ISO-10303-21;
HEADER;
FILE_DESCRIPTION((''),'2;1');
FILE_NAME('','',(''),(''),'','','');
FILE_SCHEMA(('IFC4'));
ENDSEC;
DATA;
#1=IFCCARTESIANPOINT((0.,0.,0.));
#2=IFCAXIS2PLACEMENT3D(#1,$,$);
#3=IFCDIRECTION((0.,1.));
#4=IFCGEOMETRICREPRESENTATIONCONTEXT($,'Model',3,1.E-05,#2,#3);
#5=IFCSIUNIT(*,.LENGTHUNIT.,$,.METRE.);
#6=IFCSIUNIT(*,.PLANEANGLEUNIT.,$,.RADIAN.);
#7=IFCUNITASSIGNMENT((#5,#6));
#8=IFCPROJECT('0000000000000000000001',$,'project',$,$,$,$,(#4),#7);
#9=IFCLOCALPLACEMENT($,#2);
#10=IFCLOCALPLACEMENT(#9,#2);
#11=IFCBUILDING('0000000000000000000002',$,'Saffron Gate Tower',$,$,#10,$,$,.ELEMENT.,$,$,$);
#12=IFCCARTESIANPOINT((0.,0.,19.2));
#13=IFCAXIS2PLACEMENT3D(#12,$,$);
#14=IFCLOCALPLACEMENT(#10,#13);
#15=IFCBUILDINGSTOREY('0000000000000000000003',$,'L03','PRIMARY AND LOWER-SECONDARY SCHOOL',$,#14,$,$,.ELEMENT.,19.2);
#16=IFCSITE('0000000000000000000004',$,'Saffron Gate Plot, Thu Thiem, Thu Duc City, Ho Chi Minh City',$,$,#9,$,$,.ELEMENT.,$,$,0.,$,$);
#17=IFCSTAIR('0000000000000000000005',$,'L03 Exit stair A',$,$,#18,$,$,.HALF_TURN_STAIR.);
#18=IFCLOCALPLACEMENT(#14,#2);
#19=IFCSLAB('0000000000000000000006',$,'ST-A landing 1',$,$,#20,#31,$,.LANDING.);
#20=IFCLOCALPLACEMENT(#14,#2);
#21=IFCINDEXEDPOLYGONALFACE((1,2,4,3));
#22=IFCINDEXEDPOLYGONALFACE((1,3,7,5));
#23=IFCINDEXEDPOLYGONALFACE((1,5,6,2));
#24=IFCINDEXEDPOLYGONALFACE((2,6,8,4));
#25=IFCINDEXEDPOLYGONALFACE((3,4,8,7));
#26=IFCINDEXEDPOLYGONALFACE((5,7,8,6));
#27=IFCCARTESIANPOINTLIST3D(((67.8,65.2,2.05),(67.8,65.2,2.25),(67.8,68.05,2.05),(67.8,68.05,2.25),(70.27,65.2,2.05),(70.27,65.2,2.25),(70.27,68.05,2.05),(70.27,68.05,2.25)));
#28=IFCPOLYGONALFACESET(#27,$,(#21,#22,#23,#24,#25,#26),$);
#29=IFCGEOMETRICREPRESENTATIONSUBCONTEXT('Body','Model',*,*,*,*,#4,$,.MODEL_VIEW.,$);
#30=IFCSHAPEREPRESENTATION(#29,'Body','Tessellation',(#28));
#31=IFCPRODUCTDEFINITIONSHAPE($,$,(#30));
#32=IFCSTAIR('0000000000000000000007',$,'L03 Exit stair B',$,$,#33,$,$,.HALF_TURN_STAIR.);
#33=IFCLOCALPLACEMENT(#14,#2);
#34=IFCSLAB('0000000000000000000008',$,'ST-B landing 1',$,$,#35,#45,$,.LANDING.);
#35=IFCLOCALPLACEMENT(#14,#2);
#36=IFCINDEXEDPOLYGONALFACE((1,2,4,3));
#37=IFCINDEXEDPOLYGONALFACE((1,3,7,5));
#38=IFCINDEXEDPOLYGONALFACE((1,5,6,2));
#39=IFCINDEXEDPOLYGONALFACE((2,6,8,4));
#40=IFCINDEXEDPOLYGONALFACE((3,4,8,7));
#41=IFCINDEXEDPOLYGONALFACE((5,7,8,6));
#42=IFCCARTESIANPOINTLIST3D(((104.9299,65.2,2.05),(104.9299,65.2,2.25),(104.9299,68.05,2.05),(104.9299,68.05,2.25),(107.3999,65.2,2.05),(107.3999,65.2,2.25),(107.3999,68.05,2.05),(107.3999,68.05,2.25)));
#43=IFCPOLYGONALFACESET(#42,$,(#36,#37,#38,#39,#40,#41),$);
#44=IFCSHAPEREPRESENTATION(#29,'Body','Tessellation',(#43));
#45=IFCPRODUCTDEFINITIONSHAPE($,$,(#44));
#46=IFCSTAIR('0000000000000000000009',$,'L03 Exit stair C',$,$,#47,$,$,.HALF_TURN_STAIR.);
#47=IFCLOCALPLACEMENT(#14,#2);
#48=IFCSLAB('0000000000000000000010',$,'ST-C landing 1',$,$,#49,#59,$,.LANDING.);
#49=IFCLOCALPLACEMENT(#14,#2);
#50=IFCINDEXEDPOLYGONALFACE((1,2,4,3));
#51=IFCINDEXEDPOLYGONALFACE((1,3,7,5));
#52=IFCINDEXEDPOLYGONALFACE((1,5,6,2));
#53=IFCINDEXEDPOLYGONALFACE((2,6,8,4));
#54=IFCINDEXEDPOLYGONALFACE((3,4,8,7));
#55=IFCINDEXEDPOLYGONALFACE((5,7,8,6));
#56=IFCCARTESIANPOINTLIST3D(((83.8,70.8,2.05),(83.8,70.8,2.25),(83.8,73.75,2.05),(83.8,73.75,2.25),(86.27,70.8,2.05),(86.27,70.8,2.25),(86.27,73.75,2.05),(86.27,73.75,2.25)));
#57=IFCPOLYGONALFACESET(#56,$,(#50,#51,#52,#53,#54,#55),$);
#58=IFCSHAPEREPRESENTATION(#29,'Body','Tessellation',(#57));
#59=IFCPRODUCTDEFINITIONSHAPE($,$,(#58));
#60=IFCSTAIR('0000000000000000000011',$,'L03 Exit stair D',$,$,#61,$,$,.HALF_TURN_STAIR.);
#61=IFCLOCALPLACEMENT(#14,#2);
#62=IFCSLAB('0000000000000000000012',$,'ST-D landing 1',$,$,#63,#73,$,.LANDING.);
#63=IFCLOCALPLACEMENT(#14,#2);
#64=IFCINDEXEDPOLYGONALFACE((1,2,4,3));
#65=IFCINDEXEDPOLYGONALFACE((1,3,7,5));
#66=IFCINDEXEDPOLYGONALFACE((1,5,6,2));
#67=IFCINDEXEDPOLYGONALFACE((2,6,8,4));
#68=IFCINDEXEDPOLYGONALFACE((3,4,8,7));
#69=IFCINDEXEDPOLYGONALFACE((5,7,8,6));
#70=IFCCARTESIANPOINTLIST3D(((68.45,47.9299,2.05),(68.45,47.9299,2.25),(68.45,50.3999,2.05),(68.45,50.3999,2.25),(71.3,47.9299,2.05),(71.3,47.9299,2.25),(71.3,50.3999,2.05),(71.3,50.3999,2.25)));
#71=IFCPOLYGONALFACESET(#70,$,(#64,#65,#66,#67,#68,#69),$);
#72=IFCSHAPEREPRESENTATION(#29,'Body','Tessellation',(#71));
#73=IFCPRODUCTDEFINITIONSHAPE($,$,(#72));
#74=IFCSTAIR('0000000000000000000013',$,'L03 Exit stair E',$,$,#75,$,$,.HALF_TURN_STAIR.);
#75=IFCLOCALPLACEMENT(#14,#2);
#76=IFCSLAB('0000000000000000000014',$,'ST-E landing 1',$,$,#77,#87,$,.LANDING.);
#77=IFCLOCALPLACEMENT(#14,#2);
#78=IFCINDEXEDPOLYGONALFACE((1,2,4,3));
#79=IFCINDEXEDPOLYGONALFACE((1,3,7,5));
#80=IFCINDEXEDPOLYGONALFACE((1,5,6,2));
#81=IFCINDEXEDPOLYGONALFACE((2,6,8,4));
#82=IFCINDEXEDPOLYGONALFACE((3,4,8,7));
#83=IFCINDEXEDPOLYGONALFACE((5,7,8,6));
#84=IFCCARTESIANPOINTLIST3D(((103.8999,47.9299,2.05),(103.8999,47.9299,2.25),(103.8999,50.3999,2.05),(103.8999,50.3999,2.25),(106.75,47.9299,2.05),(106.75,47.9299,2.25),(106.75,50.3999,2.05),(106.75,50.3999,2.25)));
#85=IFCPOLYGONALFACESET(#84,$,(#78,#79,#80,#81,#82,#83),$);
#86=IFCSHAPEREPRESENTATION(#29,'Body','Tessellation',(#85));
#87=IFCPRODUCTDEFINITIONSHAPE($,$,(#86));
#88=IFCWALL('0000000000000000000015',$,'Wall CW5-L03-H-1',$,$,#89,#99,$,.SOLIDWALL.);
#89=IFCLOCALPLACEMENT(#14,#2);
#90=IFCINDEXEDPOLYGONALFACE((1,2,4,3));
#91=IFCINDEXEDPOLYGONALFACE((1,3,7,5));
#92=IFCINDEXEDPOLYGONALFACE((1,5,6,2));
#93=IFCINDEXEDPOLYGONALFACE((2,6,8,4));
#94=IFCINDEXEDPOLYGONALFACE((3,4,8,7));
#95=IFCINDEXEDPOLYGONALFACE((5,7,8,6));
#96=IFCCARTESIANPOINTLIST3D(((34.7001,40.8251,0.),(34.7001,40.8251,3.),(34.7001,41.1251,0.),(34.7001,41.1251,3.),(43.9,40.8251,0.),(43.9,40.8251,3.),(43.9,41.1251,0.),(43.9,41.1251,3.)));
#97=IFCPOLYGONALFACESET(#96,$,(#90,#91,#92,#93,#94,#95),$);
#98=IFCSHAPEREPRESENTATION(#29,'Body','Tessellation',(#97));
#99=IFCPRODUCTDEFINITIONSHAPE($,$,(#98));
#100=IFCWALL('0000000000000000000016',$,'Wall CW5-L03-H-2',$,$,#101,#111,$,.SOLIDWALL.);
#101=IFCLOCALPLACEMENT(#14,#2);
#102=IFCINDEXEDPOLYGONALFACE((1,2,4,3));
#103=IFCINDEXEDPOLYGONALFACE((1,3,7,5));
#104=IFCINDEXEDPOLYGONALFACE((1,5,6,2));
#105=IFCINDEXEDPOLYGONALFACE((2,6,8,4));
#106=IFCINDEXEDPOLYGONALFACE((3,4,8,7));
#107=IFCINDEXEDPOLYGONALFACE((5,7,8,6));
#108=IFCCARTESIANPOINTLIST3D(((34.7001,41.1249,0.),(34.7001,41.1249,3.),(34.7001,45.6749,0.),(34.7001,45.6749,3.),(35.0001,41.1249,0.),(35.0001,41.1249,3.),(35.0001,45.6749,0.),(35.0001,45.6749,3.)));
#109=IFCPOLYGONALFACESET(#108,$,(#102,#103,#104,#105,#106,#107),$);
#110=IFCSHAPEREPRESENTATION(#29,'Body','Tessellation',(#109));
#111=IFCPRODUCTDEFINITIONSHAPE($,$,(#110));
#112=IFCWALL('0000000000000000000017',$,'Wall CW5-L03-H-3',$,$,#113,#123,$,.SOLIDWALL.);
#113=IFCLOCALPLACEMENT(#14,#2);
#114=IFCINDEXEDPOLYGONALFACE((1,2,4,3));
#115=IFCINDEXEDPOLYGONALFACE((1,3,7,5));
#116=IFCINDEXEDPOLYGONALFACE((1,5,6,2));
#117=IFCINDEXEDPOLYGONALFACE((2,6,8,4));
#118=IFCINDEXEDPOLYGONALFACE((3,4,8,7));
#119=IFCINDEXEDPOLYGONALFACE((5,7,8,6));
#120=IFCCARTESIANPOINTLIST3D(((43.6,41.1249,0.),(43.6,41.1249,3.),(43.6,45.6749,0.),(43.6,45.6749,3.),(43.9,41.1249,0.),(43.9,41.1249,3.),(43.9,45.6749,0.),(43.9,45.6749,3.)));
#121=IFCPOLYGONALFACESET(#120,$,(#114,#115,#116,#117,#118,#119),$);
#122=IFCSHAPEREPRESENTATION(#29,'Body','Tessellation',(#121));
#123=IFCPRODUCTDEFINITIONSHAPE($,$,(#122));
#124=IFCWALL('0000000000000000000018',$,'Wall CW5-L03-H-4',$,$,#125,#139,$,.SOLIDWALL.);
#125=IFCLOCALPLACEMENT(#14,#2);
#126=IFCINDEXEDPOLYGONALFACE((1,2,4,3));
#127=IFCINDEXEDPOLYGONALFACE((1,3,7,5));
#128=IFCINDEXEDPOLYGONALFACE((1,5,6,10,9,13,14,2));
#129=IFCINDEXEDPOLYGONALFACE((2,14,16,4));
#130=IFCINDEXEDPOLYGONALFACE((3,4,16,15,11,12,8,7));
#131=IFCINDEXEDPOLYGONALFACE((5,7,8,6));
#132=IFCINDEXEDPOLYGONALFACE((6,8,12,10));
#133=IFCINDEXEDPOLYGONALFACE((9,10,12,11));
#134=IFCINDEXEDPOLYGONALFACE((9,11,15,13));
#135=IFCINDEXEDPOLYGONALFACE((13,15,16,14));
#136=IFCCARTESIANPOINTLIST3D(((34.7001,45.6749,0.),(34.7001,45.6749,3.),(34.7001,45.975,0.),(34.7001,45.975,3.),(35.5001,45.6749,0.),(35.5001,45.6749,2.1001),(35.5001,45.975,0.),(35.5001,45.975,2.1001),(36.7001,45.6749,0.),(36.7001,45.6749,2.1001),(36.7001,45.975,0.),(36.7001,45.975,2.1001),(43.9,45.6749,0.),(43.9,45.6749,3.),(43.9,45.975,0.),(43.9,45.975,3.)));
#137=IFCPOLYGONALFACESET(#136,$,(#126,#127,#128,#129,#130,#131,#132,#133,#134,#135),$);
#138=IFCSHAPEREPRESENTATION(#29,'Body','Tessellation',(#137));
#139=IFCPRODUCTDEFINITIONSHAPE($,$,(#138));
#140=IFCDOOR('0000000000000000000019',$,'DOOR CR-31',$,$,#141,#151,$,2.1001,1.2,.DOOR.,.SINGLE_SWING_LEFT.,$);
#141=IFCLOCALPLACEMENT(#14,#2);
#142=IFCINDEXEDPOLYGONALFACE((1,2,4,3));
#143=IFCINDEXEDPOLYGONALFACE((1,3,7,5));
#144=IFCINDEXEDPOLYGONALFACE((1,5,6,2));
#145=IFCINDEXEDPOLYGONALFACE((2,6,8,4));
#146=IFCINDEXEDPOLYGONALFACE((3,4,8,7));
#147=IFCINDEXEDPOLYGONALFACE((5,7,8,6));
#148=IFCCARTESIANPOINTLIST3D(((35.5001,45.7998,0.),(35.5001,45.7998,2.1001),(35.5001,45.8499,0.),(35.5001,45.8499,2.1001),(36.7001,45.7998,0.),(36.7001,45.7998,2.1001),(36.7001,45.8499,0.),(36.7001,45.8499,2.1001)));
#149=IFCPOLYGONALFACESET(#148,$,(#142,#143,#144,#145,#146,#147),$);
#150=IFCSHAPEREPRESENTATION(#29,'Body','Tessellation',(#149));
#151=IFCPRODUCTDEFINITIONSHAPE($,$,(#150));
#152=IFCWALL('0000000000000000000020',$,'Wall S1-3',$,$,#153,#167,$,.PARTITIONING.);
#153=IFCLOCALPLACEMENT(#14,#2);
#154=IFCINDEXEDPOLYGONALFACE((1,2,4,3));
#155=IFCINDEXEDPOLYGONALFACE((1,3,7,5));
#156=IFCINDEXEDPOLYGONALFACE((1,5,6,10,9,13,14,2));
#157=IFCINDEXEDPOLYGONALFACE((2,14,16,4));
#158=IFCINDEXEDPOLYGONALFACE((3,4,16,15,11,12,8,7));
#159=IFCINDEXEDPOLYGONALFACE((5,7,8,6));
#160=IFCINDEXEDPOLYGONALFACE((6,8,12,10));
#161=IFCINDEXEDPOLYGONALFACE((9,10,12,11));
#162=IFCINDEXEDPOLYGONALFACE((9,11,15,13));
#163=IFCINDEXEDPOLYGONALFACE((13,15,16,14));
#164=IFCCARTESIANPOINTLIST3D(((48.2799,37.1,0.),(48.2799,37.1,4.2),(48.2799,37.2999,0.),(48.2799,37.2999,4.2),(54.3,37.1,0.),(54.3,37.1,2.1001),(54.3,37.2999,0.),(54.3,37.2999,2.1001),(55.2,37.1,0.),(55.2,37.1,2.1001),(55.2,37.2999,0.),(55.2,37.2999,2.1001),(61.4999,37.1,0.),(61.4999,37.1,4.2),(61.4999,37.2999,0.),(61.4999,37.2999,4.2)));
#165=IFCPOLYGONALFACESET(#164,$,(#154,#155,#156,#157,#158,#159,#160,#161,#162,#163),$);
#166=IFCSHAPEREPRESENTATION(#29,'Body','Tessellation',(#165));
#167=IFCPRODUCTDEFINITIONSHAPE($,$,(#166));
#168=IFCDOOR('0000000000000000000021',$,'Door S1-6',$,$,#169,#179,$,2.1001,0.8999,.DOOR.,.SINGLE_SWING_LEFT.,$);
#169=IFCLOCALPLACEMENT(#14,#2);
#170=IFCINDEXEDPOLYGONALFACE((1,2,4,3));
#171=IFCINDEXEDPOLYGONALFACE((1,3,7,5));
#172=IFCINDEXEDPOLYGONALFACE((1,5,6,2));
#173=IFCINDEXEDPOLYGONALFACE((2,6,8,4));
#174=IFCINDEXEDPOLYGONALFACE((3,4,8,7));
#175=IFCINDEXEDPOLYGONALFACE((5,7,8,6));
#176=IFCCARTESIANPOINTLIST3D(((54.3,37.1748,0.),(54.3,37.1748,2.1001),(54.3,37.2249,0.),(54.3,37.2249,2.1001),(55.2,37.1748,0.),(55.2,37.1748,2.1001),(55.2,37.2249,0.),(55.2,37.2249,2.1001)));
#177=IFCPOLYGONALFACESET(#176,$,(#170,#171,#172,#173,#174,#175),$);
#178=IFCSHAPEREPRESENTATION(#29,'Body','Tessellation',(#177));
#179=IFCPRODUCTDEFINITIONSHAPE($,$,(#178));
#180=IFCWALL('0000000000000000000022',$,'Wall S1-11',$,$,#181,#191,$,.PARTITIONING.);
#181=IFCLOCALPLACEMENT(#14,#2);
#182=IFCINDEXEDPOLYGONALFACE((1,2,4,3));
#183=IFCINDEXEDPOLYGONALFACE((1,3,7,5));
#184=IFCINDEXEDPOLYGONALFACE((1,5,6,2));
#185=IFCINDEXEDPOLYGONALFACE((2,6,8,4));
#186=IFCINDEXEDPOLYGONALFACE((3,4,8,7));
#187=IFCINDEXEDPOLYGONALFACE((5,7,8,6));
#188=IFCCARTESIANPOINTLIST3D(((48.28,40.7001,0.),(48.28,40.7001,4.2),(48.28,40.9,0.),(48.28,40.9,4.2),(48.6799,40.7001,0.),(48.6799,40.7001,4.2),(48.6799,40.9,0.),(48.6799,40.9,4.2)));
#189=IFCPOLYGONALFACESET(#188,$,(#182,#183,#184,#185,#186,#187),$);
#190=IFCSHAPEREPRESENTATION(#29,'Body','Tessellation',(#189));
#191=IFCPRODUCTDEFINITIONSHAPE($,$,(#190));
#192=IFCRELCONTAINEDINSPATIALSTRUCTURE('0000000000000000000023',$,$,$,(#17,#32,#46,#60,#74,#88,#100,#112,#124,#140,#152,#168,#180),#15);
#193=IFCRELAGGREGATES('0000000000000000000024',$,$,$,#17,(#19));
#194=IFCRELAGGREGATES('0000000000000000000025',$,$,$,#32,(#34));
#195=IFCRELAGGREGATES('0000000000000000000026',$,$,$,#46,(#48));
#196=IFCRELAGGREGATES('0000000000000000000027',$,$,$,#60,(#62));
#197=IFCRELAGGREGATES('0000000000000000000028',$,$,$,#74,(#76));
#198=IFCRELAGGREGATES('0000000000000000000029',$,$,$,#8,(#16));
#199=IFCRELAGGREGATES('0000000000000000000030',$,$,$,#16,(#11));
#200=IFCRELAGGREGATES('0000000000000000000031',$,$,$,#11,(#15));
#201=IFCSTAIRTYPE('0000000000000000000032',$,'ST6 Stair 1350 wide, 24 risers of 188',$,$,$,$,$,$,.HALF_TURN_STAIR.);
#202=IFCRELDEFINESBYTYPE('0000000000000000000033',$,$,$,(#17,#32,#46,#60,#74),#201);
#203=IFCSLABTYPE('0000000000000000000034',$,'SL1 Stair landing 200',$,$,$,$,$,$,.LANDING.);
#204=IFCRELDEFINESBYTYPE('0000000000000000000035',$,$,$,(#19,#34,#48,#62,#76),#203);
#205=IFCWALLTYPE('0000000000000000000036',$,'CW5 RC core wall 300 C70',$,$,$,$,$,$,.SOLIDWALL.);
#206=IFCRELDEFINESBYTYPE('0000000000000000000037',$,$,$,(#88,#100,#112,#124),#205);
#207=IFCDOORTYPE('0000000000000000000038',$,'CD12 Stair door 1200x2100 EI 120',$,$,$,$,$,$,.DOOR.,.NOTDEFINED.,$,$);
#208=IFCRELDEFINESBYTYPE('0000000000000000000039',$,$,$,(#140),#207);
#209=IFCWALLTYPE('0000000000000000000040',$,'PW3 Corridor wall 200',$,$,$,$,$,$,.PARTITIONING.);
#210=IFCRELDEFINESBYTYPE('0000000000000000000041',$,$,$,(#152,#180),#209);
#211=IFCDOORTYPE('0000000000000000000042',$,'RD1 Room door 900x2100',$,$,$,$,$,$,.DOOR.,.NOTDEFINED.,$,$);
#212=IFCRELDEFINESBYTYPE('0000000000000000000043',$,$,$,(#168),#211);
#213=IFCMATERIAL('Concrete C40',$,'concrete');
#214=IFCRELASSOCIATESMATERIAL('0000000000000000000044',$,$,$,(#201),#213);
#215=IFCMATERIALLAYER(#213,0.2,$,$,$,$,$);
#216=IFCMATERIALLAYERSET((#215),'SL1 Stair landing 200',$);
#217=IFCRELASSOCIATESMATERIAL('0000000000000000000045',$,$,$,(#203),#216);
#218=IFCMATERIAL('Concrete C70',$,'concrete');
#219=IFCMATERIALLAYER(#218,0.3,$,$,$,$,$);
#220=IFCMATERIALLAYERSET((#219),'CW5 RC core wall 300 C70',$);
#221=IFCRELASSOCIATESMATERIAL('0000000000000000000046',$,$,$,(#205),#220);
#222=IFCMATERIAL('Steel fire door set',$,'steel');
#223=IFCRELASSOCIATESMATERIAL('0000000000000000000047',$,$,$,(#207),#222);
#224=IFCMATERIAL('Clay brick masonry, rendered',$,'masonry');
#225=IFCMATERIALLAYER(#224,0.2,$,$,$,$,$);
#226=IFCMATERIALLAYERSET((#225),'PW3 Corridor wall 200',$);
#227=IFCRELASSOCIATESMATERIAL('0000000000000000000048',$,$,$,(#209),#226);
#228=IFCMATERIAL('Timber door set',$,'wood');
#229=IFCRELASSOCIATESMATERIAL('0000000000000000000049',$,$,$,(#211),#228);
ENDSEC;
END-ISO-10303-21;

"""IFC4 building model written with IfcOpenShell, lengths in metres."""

from ifc_helpers import new_model, si_unit, direction, frame, frame_2d, origin, place, context, subcontext, project, spatial, polyline, rectangle, outline, extrude, material, layer, layer_set, type_object, element, fill, aggregate, save


model = new_model("IFC4")

# Units and contexts
model_context = context("Model", 3, precision=1e-05, world=origin(), true_north=direction((0.0, 1.0)))
body_context = subcontext(model_context, "Body", "Model", "MODEL_VIEW")
ifc_project = project(units=[si_unit("LENGTHUNIT", "METRE"), si_unit("PLANEANGLEUNIT", "RADIAN")], contexts=[model_context])

# Site, building, storey
site_placement = place(None, origin())
site = spatial("IfcSite", under=ifc_project, at=site_placement, Name="Saffron Gate Plot, Thu Thiem, Thu Duc City, Ho Chi Minh City", CompositionType="ELEMENT", RefElevation=0.0)
building_placement = place(site_placement, origin())
building = spatial("IfcBuilding", under=site, at=building_placement, Name="Saffron Gate Tower", CompositionType="ELEMENT")
storey_placement = place(building_placement, frame((0.0, 0.0, 19.2)))
storey = spatial("IfcBuildingStorey", under=building, at=storey_placement, Name="L03", Description="PRIMARY AND LOWER-SECONDARY SCHOOL", CompositionType="ELEMENT", Elevation=19.2)

# Stairs, slabs
ifc_material_1 = material(Name="Concrete C40", Category="concrete")
stair_type = type_object("IfcStairType", Name="ST6 Stair 1350 wide, 24 risers of 188", PredefinedType="HALF_TURN_STAIR", material=ifc_material_1)
stair_1_placement = place(storey_placement, origin())
stair_1 = element("IfcStair", 1, at=stair_1_placement, inside=storey, type_object=stair_type, Name="L03 Exit stair A", PredefinedType="HALF_TURN_STAIR")
ifc_layer_1 = layer(ifc_material_1, 0.2)
ifc_layer_set_1 = layer_set([ifc_layer_1], Name="SL1 Stair landing 200")
slab_type = type_object("IfcSlabType", Name="SL1 Stair landing 200", PredefinedType="LANDING", material=ifc_layer_set_1)
slab_1_placement = place(storey_placement, frame((0.0, 0.0, 2.05)))
slab_1 = element("IfcSlab", 2, at=slab_1_placement, type_object=slab_type, Name="ST-A landing 1", PredefinedType="LANDING", context=body_context, shape_type="SweptSolid", body=[
    extrude(outline(polyline([(70.27, 68.05), (67.8, 68.05), (67.8, 65.2), (70.27, 65.2), (70.27, 68.05)])), origin(), (0.0, 0.0, 1.0), 0.2),
])
aggregate(stair_1, [slab_1])
stair_2_placement = place(storey_placement, origin())
stair_2 = element("IfcStair", 3, at=stair_2_placement, inside=storey, type_object=stair_type, Name="L03 Exit stair B", PredefinedType="HALF_TURN_STAIR")
slab_2_placement = place(storey_placement, frame((0.0, 0.0, 2.05)))
slab_2 = element("IfcSlab", 4, at=slab_2_placement, type_object=slab_type, Name="ST-B landing 1", PredefinedType="LANDING", context=body_context, shape_type="SweptSolid", body=[
    extrude(outline(polyline([(104.9299, 65.2), (107.3999, 65.2), (107.3999, 68.05), (104.9299, 68.05), (104.9299, 65.2)])), origin(), (0.0, 0.0, 1.0), 0.2),
])
aggregate(stair_2, [slab_2])
stair_3_placement = place(storey_placement, origin())
stair_3 = element("IfcStair", 5, at=stair_3_placement, inside=storey, type_object=stair_type, Name="L03 Exit stair C", PredefinedType="HALF_TURN_STAIR")
slab_3_placement = place(storey_placement, frame((0.0, 0.0, 2.05)))
slab_3 = element("IfcSlab", 6, at=slab_3_placement, type_object=slab_type, Name="ST-C landing 1", PredefinedType="LANDING", context=body_context, shape_type="SweptSolid", body=[
    extrude(outline(polyline([(86.27, 73.75), (83.8, 73.75), (83.8, 70.8), (86.27, 70.8), (86.27, 73.75)])), origin(), (0.0, 0.0, 1.0), 0.2),
])
aggregate(stair_3, [slab_3])
stair_4_placement = place(storey_placement, origin())
stair_4 = element("IfcStair", 7, at=stair_4_placement, inside=storey, type_object=stair_type, Name="L03 Exit stair D", PredefinedType="HALF_TURN_STAIR")
slab_4_placement = place(storey_placement, frame((0.0, 0.0, 2.05)))
slab_4 = element("IfcSlab", 8, at=slab_4_placement, type_object=slab_type, Name="ST-D landing 1", PredefinedType="LANDING", context=body_context, shape_type="SweptSolid", body=[
    extrude(outline(polyline([(71.3, 47.9299), (71.3, 50.3999), (68.45, 50.3999), (68.45, 47.9299), (71.3, 47.9299)])), origin(), (0.0, 0.0, 1.0), 0.2),
])
aggregate(stair_4, [slab_4])
stair_5_placement = place(storey_placement, origin())
stair_5 = element("IfcStair", 9, at=stair_5_placement, inside=storey, type_object=stair_type, Name="L03 Exit stair E", PredefinedType="HALF_TURN_STAIR")
slab_5_placement = place(storey_placement, frame((0.0, 0.0, 2.05)))
slab_5 = element("IfcSlab", 10, at=slab_5_placement, type_object=slab_type, Name="ST-E landing 1", PredefinedType="LANDING", context=body_context, shape_type="SweptSolid", body=[
    extrude(outline(polyline([(106.75, 47.9299), (106.75, 50.3999), (103.8999, 50.3999), (103.8999, 47.9299), (106.75, 47.9299)])), origin(), (0.0, 0.0, 1.0), 0.2),
])
aggregate(stair_5, [slab_5])

# Walls
ifc_material_2 = material(Name="Concrete C70", Category="concrete")
ifc_layer_2 = layer(ifc_material_2, 0.3)
ifc_layer_set_2 = layer_set([ifc_layer_2], Name="CW5 RC core wall 300 C70")
wall_type_1 = type_object("IfcWallType", Name="CW5 RC core wall 300 C70", PredefinedType="SOLIDWALL", material=ifc_layer_set_2)
wall_1_placement = place(storey_placement, frame((34.7, 40.9751, 0.0), z_axis=(0.0, 0.0, 1.0), x_axis=(1.0, 0.0, 0.0)))
element("IfcWall", 11, at=wall_1_placement, inside=storey, type_object=wall_type_1, Name="Wall CW5-L03-H-1", PredefinedType="SOLIDWALL", context=body_context, shape_type="SweptSolid", body=[
    extrude(rectangle(XDim=9.2, YDim=0.3, at=frame_2d((4.6001, 0.0))), origin(), (0.0, 0.0, 1.0), 3.0),
])
for number, where, z_axis, x_axis, name in (
    (12, (34.8501, 41.125, 0.0), (0.0, 0.0, 1.0), (0.0, 1.0, 0.0), "Wall CW5-L03-H-2"),
    (13, (43.75, 41.125, 0.0), (0.0, 0.0, 1.0), (0.0, 1.0, 0.0), "Wall CW5-L03-H-3"),
):
    element("IfcWall", number, at=place(storey_placement, frame(where, z_axis=z_axis, x_axis=x_axis)), inside=storey, type_object=wall_type_1, Name=name, PredefinedType="SOLIDWALL", context=body_context, shape_type="SweptSolid", body=[
        extrude(rectangle(XDim=4.55, YDim=0.3, at=frame_2d((2.2749, 0.0))), origin(), (0.0, 0.0, 1.0), 3.0),
    ])

# Walls, openings, doors
wall_2_placement = place(storey_placement, frame((34.7, 45.825, 0.0), z_axis=(0.0, 0.0, 1.0), x_axis=(1.0, 0.0, 0.0)))
wall_2 = element("IfcWall", 14, at=wall_2_placement, inside=storey, type_object=wall_type_1, Name="Wall CW5-L03-H-4", PredefinedType="SOLIDWALL", context=body_context, shape_type="SweptSolid", body=[
    extrude(rectangle(XDim=9.2, YDim=0.3, at=frame_2d((4.6001, 0.0))), origin(), (0.0, 0.0, 1.0), 3.0),
])
opening_1_placement = place(wall_2_placement, frame((0.8, 0.0, 0.0)))
opening_1 = element("IfcOpeningElement", 15, at=opening_1_placement, cuts=wall_2, PredefinedType="OPENING", context=body_context, shape_type="SweptSolid", body=[
    extrude(rectangle(XDim=1.2, YDim=2.1001, at=frame_2d((0.6001, 1.05))), frame((0.0, 0.1602, 0.0), z_axis=(0.0, -1.0, 0.0), x_axis=(1.0, 0.0, 0.0)), (0.0, 0.0, 1.0), 0.3201),
])
ifc_material_3 = material(Name="Steel fire door set", Category="steel")
door_type_1 = type_object("IfcDoorType", Name="CD12 Stair door 1200x2100 EI 120", OperationType="NOTDEFINED", PredefinedType="DOOR", material=ifc_material_3)
door_1_placement = place(opening_1_placement, origin())
door_1 = element("IfcDoor", 16, at=door_1_placement, inside=storey, type_object=door_type_1, Name="DOOR CR-31", OperationType="SINGLE_SWING_LEFT", OverallHeight=2.1001, OverallWidth=1.2, PredefinedType="DOOR", context=body_context, shape_type="SweptSolid", body=[
    extrude(rectangle(XDim=1.2, YDim=2.1001, at=frame_2d((0.6001, 1.05))), frame((0.0, 0.0249, 0.0), z_axis=(0.0, -1.0, 0.0), x_axis=(1.0, 0.0, 0.0)), (0.0, 0.0, 1.0), 0.05),
])
fill(opening_1, door_1)
ifc_material_4 = material(Name="Clay brick masonry, rendered", Category="masonry")
ifc_layer_3 = layer(ifc_material_4, 0.2)
ifc_layer_set_3 = layer_set([ifc_layer_3], Name="PW3 Corridor wall 200")
wall_type_2 = type_object("IfcWallType", Name="PW3 Corridor wall 200", PredefinedType="PARTITIONING", material=ifc_layer_set_3)
wall_3_placement = place(storey_placement, frame((48.28, 37.2, 0.0), z_axis=(0.0, 0.0, 1.0), x_axis=(1.0, 0.0, 0.0)))
wall_3 = element("IfcWall", 17, at=wall_3_placement, inside=storey, type_object=wall_type_2, Name="Wall S1-3", PredefinedType="PARTITIONING", context=body_context, shape_type="SweptSolid", body=[
    extrude(rectangle(XDim=13.22, YDim=0.2, at=frame_2d((6.6099, 0.0))), origin(), (0.0, 0.0, 1.0), 4.2),
])
opening_2_placement = place(wall_3_placement, frame((6.02, 0.0, 0.0)))
opening_2 = element("IfcOpeningElement", 18, at=opening_2_placement, cuts=wall_3, PredefinedType="OPENING", context=body_context, shape_type="SweptSolid", body=[
    extrude(rectangle(XDim=0.8999, YDim=2.1001, at=frame_2d((0.45, 1.05))), frame((0.0, 0.1099, 0.0), z_axis=(0.0, -1.0, 0.0), x_axis=(1.0, 0.0, 0.0)), (0.0, 0.0, 1.0), 0.22),
])
ifc_material_5 = material(Name="Timber door set", Category="wood")
door_type_2 = type_object("IfcDoorType", Name="RD1 Room door 900x2100", OperationType="NOTDEFINED", PredefinedType="DOOR", material=ifc_material_5)
door_2_placement = place(opening_2_placement, origin())
door_2 = element("IfcDoor", 19, at=door_2_placement, inside=storey, type_object=door_type_2, Name="Door S1-6", OperationType="SINGLE_SWING_LEFT", OverallHeight=2.1001, OverallWidth=0.8999, PredefinedType="DOOR", context=body_context, shape_type="SweptSolid", body=[
    extrude(rectangle(XDim=0.8999, YDim=2.1001, at=frame_2d((0.45, 1.05))), frame((0.0, 0.0249, 0.0), z_axis=(0.0, -1.0, 0.0), x_axis=(1.0, 0.0, 0.0)), (0.0, 0.0, 1.0), 0.05),
])
fill(opening_2, door_2)

# Wall
wall_4_placement = place(storey_placement, frame((48.28, 40.8, 0.0), z_axis=(0.0, 0.0, 1.0), x_axis=(1.0, 0.0, 0.0)))
element("IfcWall", 20, at=wall_4_placement, inside=storey, type_object=wall_type_2, Name="Wall S1-11", PredefinedType="PARTITIONING", context=body_context, shape_type="SweptSolid", body=[
    extrude(rectangle(XDim=0.3999, YDim=0.2, at=frame_2d((0.2, 0.0))), origin(), (0.0, 0.0, 1.0), 4.2),
])

save(model, "model.ifc")
